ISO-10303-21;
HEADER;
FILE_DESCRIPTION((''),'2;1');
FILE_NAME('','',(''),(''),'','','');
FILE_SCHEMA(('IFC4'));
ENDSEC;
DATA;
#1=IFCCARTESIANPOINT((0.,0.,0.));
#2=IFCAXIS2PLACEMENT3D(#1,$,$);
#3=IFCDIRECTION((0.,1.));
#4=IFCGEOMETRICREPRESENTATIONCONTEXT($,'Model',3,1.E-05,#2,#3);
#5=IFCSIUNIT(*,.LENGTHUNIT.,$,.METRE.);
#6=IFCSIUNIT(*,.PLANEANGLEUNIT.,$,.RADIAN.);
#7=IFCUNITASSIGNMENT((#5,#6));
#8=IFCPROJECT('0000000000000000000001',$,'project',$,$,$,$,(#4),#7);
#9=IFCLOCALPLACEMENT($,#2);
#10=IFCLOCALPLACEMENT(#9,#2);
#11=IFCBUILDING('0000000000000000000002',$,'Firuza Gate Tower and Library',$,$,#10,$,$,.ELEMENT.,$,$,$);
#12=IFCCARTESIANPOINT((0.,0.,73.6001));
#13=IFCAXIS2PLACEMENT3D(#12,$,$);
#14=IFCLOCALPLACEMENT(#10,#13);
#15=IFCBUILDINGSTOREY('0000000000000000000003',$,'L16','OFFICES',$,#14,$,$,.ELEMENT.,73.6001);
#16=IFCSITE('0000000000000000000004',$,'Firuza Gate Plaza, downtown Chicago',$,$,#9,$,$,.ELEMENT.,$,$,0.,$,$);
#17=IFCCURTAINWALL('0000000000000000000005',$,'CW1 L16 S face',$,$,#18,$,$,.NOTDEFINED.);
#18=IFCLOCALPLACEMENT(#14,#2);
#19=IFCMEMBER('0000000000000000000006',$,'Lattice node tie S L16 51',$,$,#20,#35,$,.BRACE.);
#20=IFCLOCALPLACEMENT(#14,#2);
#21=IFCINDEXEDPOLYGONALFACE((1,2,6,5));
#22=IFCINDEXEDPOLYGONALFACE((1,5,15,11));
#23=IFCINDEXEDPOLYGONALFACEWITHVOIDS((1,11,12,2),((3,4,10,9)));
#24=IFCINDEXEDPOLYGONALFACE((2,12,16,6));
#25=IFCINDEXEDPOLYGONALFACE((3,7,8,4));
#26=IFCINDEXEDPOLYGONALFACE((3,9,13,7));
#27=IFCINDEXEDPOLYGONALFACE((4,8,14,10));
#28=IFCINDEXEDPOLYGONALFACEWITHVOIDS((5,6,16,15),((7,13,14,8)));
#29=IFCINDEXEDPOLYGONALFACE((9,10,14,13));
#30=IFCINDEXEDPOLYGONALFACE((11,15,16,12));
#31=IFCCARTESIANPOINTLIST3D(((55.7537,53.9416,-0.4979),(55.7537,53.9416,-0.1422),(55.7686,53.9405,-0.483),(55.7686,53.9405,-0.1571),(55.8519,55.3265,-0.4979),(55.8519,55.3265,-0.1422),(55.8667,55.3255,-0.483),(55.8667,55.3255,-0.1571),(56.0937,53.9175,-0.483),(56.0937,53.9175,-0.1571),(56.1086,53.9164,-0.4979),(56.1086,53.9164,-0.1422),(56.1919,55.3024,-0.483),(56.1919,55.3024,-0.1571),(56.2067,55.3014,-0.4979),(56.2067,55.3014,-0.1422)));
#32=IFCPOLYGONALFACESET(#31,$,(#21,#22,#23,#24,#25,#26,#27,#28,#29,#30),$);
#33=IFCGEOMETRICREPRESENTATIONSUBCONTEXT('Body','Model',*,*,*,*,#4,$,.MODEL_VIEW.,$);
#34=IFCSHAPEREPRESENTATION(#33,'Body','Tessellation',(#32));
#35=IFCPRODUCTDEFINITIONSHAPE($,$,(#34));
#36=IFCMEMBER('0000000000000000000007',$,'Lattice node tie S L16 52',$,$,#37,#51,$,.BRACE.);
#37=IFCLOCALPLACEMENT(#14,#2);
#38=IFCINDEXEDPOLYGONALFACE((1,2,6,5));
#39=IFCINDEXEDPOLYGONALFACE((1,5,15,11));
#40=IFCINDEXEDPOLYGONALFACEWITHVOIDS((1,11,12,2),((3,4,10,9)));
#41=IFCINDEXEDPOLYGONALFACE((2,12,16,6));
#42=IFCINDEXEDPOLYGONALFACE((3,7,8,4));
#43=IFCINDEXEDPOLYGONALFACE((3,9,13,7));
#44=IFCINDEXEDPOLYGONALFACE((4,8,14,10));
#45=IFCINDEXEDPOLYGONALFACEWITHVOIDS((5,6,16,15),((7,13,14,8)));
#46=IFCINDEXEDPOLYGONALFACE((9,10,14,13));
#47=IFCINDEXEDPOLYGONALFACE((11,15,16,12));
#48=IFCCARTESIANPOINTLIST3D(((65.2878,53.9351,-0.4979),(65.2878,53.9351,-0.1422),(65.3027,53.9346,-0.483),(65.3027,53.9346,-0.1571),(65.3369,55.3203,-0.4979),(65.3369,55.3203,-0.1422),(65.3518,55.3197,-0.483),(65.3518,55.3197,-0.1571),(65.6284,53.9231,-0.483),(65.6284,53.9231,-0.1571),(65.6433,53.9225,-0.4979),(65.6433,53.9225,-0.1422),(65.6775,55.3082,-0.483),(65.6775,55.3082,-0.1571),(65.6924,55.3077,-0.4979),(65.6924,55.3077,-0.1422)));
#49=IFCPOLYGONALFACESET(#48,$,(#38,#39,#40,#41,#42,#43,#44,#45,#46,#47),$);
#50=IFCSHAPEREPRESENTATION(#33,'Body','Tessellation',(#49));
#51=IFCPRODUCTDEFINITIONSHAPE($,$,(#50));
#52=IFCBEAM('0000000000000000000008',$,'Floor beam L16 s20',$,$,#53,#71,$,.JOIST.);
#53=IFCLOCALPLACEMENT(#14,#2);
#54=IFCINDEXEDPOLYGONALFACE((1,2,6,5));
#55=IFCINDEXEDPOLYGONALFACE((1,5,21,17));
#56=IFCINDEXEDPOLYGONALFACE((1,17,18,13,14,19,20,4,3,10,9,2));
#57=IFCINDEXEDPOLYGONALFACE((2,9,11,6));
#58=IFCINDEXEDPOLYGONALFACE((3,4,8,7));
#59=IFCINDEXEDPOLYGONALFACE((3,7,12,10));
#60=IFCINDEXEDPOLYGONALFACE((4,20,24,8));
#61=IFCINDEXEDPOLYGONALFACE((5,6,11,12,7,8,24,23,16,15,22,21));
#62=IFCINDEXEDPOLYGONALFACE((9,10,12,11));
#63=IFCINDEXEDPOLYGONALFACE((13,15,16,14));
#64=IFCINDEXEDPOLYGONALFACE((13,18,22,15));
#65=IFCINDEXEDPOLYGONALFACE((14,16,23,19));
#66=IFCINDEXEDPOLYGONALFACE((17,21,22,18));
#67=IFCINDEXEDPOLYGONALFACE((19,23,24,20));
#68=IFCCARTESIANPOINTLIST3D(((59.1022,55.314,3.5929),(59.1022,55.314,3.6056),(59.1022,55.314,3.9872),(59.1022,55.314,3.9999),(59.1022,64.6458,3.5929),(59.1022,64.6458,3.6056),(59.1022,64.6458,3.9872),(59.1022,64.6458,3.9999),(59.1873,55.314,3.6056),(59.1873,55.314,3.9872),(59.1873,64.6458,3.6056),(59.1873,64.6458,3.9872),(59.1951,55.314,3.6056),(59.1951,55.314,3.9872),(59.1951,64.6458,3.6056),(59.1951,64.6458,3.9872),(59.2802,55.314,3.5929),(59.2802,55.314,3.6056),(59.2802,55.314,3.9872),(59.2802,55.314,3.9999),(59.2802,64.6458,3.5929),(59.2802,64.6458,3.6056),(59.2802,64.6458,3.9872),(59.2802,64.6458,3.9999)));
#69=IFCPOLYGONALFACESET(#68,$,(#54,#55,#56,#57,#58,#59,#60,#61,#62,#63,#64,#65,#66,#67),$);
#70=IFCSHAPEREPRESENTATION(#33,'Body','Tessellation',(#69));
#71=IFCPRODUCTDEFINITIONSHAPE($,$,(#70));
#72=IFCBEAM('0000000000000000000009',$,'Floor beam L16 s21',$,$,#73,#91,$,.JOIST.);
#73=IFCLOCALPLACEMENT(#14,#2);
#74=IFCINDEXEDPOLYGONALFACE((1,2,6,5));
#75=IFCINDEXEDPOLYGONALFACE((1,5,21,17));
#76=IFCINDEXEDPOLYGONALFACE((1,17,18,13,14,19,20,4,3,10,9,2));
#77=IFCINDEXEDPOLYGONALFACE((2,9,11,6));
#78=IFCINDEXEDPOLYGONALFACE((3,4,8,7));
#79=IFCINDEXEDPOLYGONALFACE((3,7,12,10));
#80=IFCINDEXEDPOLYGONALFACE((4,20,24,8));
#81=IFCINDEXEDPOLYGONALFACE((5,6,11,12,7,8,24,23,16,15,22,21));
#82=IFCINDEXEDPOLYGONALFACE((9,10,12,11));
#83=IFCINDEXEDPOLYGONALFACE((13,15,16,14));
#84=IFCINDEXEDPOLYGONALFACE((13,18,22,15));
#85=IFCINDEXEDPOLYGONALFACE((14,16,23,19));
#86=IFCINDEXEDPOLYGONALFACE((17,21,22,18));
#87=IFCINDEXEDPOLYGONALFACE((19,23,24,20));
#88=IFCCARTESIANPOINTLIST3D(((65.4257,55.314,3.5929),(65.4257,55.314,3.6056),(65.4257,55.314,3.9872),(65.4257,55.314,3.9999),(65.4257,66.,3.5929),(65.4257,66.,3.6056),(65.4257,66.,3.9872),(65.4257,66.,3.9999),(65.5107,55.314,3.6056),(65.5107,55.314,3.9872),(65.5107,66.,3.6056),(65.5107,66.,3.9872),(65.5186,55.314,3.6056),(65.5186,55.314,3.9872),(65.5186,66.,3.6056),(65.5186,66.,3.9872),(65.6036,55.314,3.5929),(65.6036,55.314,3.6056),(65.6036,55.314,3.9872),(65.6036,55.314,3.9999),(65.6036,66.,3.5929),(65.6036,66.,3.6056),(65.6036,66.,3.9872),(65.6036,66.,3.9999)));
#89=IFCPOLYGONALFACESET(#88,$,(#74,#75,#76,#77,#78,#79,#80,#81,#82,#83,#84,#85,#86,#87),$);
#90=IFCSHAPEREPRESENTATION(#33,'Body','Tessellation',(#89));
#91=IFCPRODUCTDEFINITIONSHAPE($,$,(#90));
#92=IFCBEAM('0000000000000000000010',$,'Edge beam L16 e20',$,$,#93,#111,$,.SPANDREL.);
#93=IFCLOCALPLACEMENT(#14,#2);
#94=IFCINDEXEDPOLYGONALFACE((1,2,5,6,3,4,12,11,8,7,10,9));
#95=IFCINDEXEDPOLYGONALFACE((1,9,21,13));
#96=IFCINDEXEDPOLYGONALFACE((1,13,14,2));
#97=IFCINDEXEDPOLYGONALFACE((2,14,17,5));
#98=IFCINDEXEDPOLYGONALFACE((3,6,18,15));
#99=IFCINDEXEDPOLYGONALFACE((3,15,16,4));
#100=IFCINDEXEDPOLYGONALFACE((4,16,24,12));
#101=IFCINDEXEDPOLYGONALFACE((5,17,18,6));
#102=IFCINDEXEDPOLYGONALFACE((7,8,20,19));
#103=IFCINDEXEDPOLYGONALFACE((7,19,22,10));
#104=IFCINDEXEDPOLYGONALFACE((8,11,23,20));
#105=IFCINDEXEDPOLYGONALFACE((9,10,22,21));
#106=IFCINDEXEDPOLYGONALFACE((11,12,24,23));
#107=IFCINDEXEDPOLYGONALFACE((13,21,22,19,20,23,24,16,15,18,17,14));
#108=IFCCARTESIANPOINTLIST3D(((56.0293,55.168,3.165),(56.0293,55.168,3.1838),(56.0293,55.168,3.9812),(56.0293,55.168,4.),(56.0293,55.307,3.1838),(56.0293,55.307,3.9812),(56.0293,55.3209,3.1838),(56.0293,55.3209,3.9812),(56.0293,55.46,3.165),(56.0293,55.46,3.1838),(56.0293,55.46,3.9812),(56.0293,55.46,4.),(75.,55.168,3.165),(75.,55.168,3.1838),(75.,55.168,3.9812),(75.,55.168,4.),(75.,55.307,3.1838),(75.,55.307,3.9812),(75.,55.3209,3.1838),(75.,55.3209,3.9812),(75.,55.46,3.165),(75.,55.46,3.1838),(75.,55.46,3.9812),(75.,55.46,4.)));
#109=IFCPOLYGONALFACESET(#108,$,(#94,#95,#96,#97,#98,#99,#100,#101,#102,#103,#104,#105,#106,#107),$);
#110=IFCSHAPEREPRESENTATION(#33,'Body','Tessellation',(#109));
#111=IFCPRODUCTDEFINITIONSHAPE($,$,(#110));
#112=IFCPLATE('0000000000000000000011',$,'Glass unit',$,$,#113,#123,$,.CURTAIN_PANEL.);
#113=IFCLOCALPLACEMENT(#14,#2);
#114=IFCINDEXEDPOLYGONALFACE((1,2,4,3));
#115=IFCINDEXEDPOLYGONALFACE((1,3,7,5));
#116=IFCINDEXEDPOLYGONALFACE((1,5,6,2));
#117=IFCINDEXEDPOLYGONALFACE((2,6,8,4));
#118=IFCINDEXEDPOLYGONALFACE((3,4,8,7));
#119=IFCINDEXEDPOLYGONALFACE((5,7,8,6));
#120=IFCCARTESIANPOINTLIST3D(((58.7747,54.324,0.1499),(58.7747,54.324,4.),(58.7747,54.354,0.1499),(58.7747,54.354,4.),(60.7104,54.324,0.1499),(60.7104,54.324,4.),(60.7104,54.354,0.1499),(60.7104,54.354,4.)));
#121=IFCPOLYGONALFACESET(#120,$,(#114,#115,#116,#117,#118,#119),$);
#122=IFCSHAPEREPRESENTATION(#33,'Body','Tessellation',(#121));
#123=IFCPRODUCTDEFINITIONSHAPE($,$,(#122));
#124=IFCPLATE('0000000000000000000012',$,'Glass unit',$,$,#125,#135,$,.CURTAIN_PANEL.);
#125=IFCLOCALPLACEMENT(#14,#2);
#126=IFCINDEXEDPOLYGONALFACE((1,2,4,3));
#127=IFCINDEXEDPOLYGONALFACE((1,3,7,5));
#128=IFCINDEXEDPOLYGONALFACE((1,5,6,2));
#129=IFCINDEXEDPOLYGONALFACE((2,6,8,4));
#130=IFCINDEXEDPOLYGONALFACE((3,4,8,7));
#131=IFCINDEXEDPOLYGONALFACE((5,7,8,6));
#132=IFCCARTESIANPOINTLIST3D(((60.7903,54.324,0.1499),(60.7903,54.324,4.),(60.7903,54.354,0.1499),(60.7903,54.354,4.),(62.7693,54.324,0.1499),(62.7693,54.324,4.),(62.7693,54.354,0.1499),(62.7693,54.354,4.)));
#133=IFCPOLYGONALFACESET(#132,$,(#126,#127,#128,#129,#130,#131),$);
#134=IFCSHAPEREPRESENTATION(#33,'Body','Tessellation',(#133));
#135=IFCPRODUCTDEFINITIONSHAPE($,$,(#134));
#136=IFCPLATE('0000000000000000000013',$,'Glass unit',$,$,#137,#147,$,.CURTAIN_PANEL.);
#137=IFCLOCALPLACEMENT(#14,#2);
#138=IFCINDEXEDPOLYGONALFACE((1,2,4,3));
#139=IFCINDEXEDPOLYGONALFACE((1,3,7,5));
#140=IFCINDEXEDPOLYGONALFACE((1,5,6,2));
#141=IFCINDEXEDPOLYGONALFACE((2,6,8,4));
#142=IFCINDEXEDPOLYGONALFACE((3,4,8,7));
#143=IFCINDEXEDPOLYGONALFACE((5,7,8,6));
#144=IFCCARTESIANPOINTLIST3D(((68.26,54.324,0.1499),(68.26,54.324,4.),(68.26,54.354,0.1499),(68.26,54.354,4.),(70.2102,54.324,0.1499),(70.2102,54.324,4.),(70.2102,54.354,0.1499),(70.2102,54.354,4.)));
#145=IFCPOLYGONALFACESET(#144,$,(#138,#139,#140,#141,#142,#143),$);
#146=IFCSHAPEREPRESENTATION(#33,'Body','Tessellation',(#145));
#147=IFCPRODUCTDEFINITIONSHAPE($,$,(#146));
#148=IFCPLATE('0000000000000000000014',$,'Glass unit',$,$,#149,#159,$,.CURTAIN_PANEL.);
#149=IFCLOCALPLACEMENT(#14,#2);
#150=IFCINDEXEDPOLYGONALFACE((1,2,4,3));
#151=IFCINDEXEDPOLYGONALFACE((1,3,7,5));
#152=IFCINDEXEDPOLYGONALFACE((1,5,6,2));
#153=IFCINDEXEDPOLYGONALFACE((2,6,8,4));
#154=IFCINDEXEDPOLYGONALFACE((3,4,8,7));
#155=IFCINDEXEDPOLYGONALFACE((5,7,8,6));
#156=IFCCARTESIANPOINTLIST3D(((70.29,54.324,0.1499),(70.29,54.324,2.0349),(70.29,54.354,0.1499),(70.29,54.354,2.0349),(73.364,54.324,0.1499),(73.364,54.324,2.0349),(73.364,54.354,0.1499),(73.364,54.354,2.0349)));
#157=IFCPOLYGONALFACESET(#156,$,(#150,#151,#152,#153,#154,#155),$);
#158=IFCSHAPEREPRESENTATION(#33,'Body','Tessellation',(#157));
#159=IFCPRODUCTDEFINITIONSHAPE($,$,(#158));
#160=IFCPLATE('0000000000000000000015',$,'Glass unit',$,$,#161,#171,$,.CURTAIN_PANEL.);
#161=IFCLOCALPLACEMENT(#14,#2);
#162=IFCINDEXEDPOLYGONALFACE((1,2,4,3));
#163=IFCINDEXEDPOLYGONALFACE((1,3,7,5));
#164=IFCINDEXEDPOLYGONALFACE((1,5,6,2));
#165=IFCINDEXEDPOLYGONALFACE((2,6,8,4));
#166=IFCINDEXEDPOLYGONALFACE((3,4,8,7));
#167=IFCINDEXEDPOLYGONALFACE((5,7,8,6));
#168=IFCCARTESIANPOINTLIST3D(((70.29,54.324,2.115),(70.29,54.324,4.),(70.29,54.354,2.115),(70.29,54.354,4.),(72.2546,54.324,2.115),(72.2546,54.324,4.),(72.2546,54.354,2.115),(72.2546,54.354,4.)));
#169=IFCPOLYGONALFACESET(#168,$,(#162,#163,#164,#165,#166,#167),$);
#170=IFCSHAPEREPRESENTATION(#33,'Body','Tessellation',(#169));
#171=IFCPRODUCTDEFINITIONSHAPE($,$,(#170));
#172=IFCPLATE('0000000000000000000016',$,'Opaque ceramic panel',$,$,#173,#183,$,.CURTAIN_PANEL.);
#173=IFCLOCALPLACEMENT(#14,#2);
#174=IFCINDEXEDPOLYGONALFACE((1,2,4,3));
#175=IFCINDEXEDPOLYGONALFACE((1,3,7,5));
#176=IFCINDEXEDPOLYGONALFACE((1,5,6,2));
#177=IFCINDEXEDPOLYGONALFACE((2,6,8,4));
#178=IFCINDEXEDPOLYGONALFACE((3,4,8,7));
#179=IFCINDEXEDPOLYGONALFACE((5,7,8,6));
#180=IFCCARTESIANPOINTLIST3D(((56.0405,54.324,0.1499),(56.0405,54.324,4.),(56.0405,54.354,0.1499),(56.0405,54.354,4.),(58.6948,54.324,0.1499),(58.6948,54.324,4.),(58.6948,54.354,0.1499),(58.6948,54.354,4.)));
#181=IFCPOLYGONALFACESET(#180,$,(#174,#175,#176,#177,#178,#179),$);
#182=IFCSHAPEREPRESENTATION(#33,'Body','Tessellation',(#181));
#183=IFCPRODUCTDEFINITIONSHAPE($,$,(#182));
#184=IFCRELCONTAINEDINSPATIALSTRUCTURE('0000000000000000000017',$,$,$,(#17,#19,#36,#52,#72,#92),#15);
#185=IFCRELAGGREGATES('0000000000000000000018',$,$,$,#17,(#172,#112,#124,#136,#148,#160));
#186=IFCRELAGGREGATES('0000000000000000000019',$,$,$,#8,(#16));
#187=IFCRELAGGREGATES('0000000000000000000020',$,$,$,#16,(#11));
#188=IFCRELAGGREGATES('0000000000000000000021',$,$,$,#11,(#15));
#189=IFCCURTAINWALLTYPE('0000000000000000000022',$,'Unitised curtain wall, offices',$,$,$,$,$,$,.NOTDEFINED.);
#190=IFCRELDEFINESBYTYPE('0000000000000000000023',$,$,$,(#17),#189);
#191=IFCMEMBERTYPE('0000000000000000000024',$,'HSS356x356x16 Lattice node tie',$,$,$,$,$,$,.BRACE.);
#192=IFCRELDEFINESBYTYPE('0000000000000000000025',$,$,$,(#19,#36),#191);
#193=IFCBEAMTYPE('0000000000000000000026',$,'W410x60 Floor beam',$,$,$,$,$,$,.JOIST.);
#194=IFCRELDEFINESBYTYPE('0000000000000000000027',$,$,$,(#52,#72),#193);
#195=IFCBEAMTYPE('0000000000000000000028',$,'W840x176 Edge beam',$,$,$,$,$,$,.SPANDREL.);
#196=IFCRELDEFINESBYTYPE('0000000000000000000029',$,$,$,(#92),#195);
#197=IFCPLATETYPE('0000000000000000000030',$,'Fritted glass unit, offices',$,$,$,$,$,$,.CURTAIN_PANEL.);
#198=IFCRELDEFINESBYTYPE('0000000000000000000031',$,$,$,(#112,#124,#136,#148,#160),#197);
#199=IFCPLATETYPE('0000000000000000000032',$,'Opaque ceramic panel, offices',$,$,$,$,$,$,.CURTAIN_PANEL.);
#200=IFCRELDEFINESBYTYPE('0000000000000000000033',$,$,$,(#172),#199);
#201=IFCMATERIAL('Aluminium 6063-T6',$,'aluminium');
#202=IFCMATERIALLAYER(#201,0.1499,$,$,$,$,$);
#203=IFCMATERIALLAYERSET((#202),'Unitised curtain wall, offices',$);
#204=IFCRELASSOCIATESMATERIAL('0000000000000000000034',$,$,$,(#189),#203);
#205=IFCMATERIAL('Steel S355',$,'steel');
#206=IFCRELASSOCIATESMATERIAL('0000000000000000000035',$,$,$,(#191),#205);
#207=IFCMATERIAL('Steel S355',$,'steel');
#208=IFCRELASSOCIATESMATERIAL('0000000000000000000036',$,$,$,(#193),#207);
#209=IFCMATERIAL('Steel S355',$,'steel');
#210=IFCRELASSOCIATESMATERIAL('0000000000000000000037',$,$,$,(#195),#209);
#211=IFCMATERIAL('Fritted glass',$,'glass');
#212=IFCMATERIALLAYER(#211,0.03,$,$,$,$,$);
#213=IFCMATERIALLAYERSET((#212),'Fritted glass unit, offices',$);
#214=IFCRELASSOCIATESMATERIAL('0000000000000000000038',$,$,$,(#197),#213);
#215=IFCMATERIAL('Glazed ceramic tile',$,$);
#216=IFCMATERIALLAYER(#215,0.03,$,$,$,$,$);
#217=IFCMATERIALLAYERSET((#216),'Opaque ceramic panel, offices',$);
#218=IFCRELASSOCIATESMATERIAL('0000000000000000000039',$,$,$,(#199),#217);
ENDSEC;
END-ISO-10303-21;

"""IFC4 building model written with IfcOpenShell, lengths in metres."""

from ifc_helpers import new_model, si_unit, direction, frame, origin, origin_2d, place, context, subcontext, project, spatial, polyline, hollow_rectangle, i_section, outline, extrude, material, layer, layer_set, material_profile, profile_set, type_object, element, aggregate, save


model = new_model("IFC4")

# Units and contexts
model_context = context("Model", 3, precision=1e-05, world=origin(), true_north=direction((0.0, 1.0)))
body_context = subcontext(model_context, "Body", "Model", "MODEL_VIEW")
ifc_project = project(units=[si_unit("LENGTHUNIT", "METRE"), si_unit("PLANEANGLEUNIT", "RADIAN")], contexts=[model_context])

# Site, building, storey
site_placement = place(None, origin())
site = spatial("IfcSite", under=ifc_project, at=site_placement, Name="Firuza Gate Plaza, downtown Chicago", CompositionType="ELEMENT", RefElevation=0.0)
building_placement = place(site_placement, origin())
building = spatial("IfcBuilding", under=site, at=building_placement, Name="Firuza Gate Tower and Library", CompositionType="ELEMENT")
storey_placement = place(building_placement, frame((0.0, 0.0, 73.6001)))
storey = spatial("IfcBuildingStorey", under=building, at=storey_placement, Name="L16", Description="OFFICES", CompositionType="ELEMENT", Elevation=73.6001)

# Curtain wall
ifc_material_1 = material(Name="Aluminium 6063-T6", Category="aluminium")
ifc_layer_1 = layer(ifc_material_1, 0.1499)
ifc_layer_set_1 = layer_set([ifc_layer_1], Name="Unitised curtain wall, offices")
curtain_wall_type = type_object("IfcCurtainWallType", Name="Unitised curtain wall, offices", PredefinedType="NOTDEFINED", material=ifc_layer_set_1)
curtain_wall_placement = place(storey_placement, origin())
curtain_wall = element("IfcCurtainWall", 1, at=curtain_wall_placement, inside=storey, type_object=curtain_wall_type, Name="CW1 L16 S face", PredefinedType="NOTDEFINED")

# Members
ifc_material_2 = material(Name="Steel S355", Category="steel")
ifc_material_profile_1 = material_profile(ifc_material_2, hollow_rectangle(XDim=0.3557, YDim=0.3557, WallThickness=0.0149, at=origin_2d()))
ifc_profile_set_1 = profile_set([ifc_material_profile_1], Name="Steel S355")
member_type_1 = type_object("IfcMemberType", Name="HSS356x356x16 Lattice node tie", PredefinedType="BRACE", material=ifc_profile_set_1)
member_1_placement = place(storey_placement, frame((56.0293, 55.314, -0.3201), z_axis=(-0.070685, -0.997499, 0.0), x_axis=(0.997499, -0.070685, 0.0)))
element("IfcMember", 2, at=member_1_placement, inside=storey, type_object=member_type_1, Name="Lattice node tie S L16 51", PredefinedType="BRACE", context=body_context, shape_type="SweptSolid", body=[
    extrude(hollow_rectangle(XDim=0.3557, YDim=0.3557, WallThickness=0.0149, at=origin_2d()), origin(), (0.0, 0.0, 1.0), 1.3884),
])
member_2_placement = place(storey_placement, frame((65.5146, 55.314, -0.3201), z_axis=(-0.035409, -0.999373, 0.0), x_axis=(0.999373, -0.035409, 0.0)))
element("IfcMember", 3, at=member_2_placement, inside=storey, type_object=member_type_1, Name="Lattice node tie S L16 52", PredefinedType="BRACE", context=body_context, shape_type="SweptSolid", body=[
    extrude(hollow_rectangle(XDim=0.3557, YDim=0.3557, WallThickness=0.0149, at=origin_2d()), origin(), (0.0, 0.0, 1.0), 1.386),
])

# Beams
ifc_material_3 = material(Name="Steel S355", Category="steel")
ifc_material_profile_2 = material_profile(ifc_material_3, i_section(OverallWidth=0.178, OverallDepth=0.407, WebThickness=0.0078, FlangeThickness=0.0127, at=origin_2d()))
ifc_profile_set_2 = profile_set([ifc_material_profile_2], Name="Steel S355")
beam_type_1 = type_object("IfcBeamType", Name="W410x60 Floor beam", PredefinedType="JOIST", material=ifc_profile_set_2)
beam_1_placement = place(storey_placement, frame((59.1912, 55.314, 3.7964), z_axis=(0.0, 1.0, 0.0), x_axis=(-1.0, 0.0, 0.0)))
element("IfcBeam", 4, at=beam_1_placement, inside=storey, type_object=beam_type_1, Name="Floor beam L16 s20", PredefinedType="JOIST", context=body_context, shape_type="SweptSolid", body=[
    extrude(i_section(OverallWidth=0.178, OverallDepth=0.407, WebThickness=0.0078, FlangeThickness=0.0127, at=origin_2d()), origin(), (0.0, 0.0, 1.0), 9.3318),
])
beam_2_placement = place(storey_placement, frame((65.5146, 55.314, 3.7964), z_axis=(0.0, 1.0, 0.0), x_axis=(-1.0, 0.0, 0.0)))
element("IfcBeam", 5, at=beam_2_placement, inside=storey, type_object=beam_type_1, Name="Floor beam L16 s21", PredefinedType="JOIST", context=body_context, shape_type="SweptSolid", body=[
    extrude(i_section(OverallWidth=0.178, OverallDepth=0.407, WebThickness=0.0078, FlangeThickness=0.0127, at=origin_2d()), origin(), (0.0, 0.0, 1.0), 10.686),
])
ifc_material_4 = material(Name="Steel S355", Category="steel")
ifc_material_profile_3 = material_profile(ifc_material_4, i_section(OverallWidth=0.292, OverallDepth=0.835, WebThickness=0.0139, FlangeThickness=0.0188, at=origin_2d()))
ifc_profile_set_3 = profile_set([ifc_material_profile_3], Name="Steel S355")
beam_type_2 = type_object("IfcBeamType", Name="W840x176 Edge beam", PredefinedType="SPANDREL", material=ifc_profile_set_3)
beam_3_placement = place(storey_placement, frame((56.0293, 55.314, 3.5825), z_axis=(1.0, 0.0, 0.0), x_axis=(0.0, 1.0, 0.0)))
element("IfcBeam", 6, at=beam_3_placement, inside=storey, type_object=beam_type_2, Name="Edge beam L16 e20", PredefinedType="SPANDREL", context=body_context, shape_type="SweptSolid", body=[
    extrude(i_section(OverallWidth=0.292, OverallDepth=0.835, WebThickness=0.0139, FlangeThickness=0.0188, at=origin_2d()), origin(), (0.0, 0.0, 1.0), 18.9707),
])

# Plates
ifc_material_5 = material(Name="Fritted glass", Category="glass")
ifc_layer_2 = layer(ifc_material_5, 0.03)
ifc_layer_set_2 = layer_set([ifc_layer_2], Name="Fritted glass unit, offices")
plate_type_1 = type_object("IfcPlateType", Name="Fritted glass unit, offices", PredefinedType="CURTAIN_PANEL", material=ifc_layer_set_2)
plate_1_placement = place(storey_placement, frame((58.7747, 54.324, 0.1499), z_axis=(0.0, -1.0, 0.0), x_axis=(1.0, 0.0, 0.0)))
plate_1 = element("IfcPlate", 7, at=plate_1_placement, type_object=plate_type_1, Name="Glass unit", PredefinedType="CURTAIN_PANEL", context=body_context, shape_type="SweptSolid", body=[
    extrude(outline(polyline([(0.0, 0.0), (1.9358, 0.0), (1.9358, 3.8501), (0.0, 3.8501), (0.0, 0.0)])), origin(), (0.0, 0.0, -1.0), 0.03),
])
plate_2_placement = place(storey_placement, frame((60.7903, 54.324, 0.1499), z_axis=(0.0, -1.0, 0.0), x_axis=(1.0, 0.0, 0.0)))
plate_2 = element("IfcPlate", 8, at=plate_2_placement, type_object=plate_type_1, Name="Glass unit", PredefinedType="CURTAIN_PANEL", context=body_context, shape_type="SweptSolid", body=[
    extrude(outline(polyline([(0.0, 0.0), (1.979, 0.0), (1.979, 3.8501), (0.0, 3.8501), (0.0, 0.0)])), origin(), (0.0, 0.0, -1.0), 0.03),
])
plate_3_placement = place(storey_placement, frame((68.26, 54.324, 0.1499), z_axis=(0.0, -1.0, 0.0), x_axis=(1.0, 0.0, 0.0)))
plate_3 = element("IfcPlate", 9, at=plate_3_placement, type_object=plate_type_1, Name="Glass unit", PredefinedType="CURTAIN_PANEL", context=body_context, shape_type="SweptSolid", body=[
    extrude(outline(polyline([(0.0, 0.0), (1.9502, 0.0), (1.9502, 3.8501), (0.0, 3.8501), (0.0, 0.0)])), origin(), (0.0, 0.0, -1.0), 0.03),
])
plate_4_placement = place(storey_placement, frame((70.29, 54.324, 0.1499), z_axis=(0.0, -1.0, 0.0), x_axis=(1.0, 0.0, 0.0)))
plate_4 = element("IfcPlate", 10, at=plate_4_placement, type_object=plate_type_1, Name="Glass unit", PredefinedType="CURTAIN_PANEL", context=body_context, shape_type="SweptSolid", body=[
    extrude(outline(polyline([(0.0, 0.0), (3.074, 0.0), (3.074, 1.885), (0.0, 1.885), (0.0, 0.0)])), origin(), (0.0, 0.0, -1.0), 0.03),
])
plate_5_placement = place(storey_placement, frame((70.29, 54.324, 2.115), z_axis=(0.0, -1.0, 0.0), x_axis=(1.0, 0.0, 0.0)))
plate_5 = element("IfcPlate", 11, at=plate_5_placement, type_object=plate_type_1, Name="Glass unit", PredefinedType="CURTAIN_PANEL", context=body_context, shape_type="SweptSolid", body=[
    extrude(outline(polyline([(0.0, 0.0), (1.9646, 0.0), (1.9646, 1.885), (0.0, 1.885), (0.0, 0.0)])), origin(), (0.0, 0.0, -1.0), 0.03),
])
ifc_material_6 = material(Name="Glazed ceramic tile")
ifc_layer_3 = layer(ifc_material_6, 0.03)
ifc_layer_set_3 = layer_set([ifc_layer_3], Name="Opaque ceramic panel, offices")
plate_type_2 = type_object("IfcPlateType", Name="Opaque ceramic panel, offices", PredefinedType="CURTAIN_PANEL", material=ifc_layer_set_3)
plate_6_placement = place(storey_placement, frame((56.0405, 54.324, 0.1499), z_axis=(0.0, -1.0, 0.0), x_axis=(1.0, 0.0, 0.0)))
plate_6 = element("IfcPlate", 12, at=plate_6_placement, type_object=plate_type_2, Name="Opaque ceramic panel", PredefinedType="CURTAIN_PANEL", context=body_context, shape_type="SweptSolid", body=[
    extrude(outline(polyline([(0.0, 0.0), (2.6543, 0.0), (2.6543, 3.8501), (0.0, 3.8501), (0.0, 0.0)])), origin(), (0.0, 0.0, -1.0), 0.03),
])
aggregate(curtain_wall, [plate_6, plate_1, plate_2, plate_3, plate_4, plate_5])

save(model, "model.ifc")
